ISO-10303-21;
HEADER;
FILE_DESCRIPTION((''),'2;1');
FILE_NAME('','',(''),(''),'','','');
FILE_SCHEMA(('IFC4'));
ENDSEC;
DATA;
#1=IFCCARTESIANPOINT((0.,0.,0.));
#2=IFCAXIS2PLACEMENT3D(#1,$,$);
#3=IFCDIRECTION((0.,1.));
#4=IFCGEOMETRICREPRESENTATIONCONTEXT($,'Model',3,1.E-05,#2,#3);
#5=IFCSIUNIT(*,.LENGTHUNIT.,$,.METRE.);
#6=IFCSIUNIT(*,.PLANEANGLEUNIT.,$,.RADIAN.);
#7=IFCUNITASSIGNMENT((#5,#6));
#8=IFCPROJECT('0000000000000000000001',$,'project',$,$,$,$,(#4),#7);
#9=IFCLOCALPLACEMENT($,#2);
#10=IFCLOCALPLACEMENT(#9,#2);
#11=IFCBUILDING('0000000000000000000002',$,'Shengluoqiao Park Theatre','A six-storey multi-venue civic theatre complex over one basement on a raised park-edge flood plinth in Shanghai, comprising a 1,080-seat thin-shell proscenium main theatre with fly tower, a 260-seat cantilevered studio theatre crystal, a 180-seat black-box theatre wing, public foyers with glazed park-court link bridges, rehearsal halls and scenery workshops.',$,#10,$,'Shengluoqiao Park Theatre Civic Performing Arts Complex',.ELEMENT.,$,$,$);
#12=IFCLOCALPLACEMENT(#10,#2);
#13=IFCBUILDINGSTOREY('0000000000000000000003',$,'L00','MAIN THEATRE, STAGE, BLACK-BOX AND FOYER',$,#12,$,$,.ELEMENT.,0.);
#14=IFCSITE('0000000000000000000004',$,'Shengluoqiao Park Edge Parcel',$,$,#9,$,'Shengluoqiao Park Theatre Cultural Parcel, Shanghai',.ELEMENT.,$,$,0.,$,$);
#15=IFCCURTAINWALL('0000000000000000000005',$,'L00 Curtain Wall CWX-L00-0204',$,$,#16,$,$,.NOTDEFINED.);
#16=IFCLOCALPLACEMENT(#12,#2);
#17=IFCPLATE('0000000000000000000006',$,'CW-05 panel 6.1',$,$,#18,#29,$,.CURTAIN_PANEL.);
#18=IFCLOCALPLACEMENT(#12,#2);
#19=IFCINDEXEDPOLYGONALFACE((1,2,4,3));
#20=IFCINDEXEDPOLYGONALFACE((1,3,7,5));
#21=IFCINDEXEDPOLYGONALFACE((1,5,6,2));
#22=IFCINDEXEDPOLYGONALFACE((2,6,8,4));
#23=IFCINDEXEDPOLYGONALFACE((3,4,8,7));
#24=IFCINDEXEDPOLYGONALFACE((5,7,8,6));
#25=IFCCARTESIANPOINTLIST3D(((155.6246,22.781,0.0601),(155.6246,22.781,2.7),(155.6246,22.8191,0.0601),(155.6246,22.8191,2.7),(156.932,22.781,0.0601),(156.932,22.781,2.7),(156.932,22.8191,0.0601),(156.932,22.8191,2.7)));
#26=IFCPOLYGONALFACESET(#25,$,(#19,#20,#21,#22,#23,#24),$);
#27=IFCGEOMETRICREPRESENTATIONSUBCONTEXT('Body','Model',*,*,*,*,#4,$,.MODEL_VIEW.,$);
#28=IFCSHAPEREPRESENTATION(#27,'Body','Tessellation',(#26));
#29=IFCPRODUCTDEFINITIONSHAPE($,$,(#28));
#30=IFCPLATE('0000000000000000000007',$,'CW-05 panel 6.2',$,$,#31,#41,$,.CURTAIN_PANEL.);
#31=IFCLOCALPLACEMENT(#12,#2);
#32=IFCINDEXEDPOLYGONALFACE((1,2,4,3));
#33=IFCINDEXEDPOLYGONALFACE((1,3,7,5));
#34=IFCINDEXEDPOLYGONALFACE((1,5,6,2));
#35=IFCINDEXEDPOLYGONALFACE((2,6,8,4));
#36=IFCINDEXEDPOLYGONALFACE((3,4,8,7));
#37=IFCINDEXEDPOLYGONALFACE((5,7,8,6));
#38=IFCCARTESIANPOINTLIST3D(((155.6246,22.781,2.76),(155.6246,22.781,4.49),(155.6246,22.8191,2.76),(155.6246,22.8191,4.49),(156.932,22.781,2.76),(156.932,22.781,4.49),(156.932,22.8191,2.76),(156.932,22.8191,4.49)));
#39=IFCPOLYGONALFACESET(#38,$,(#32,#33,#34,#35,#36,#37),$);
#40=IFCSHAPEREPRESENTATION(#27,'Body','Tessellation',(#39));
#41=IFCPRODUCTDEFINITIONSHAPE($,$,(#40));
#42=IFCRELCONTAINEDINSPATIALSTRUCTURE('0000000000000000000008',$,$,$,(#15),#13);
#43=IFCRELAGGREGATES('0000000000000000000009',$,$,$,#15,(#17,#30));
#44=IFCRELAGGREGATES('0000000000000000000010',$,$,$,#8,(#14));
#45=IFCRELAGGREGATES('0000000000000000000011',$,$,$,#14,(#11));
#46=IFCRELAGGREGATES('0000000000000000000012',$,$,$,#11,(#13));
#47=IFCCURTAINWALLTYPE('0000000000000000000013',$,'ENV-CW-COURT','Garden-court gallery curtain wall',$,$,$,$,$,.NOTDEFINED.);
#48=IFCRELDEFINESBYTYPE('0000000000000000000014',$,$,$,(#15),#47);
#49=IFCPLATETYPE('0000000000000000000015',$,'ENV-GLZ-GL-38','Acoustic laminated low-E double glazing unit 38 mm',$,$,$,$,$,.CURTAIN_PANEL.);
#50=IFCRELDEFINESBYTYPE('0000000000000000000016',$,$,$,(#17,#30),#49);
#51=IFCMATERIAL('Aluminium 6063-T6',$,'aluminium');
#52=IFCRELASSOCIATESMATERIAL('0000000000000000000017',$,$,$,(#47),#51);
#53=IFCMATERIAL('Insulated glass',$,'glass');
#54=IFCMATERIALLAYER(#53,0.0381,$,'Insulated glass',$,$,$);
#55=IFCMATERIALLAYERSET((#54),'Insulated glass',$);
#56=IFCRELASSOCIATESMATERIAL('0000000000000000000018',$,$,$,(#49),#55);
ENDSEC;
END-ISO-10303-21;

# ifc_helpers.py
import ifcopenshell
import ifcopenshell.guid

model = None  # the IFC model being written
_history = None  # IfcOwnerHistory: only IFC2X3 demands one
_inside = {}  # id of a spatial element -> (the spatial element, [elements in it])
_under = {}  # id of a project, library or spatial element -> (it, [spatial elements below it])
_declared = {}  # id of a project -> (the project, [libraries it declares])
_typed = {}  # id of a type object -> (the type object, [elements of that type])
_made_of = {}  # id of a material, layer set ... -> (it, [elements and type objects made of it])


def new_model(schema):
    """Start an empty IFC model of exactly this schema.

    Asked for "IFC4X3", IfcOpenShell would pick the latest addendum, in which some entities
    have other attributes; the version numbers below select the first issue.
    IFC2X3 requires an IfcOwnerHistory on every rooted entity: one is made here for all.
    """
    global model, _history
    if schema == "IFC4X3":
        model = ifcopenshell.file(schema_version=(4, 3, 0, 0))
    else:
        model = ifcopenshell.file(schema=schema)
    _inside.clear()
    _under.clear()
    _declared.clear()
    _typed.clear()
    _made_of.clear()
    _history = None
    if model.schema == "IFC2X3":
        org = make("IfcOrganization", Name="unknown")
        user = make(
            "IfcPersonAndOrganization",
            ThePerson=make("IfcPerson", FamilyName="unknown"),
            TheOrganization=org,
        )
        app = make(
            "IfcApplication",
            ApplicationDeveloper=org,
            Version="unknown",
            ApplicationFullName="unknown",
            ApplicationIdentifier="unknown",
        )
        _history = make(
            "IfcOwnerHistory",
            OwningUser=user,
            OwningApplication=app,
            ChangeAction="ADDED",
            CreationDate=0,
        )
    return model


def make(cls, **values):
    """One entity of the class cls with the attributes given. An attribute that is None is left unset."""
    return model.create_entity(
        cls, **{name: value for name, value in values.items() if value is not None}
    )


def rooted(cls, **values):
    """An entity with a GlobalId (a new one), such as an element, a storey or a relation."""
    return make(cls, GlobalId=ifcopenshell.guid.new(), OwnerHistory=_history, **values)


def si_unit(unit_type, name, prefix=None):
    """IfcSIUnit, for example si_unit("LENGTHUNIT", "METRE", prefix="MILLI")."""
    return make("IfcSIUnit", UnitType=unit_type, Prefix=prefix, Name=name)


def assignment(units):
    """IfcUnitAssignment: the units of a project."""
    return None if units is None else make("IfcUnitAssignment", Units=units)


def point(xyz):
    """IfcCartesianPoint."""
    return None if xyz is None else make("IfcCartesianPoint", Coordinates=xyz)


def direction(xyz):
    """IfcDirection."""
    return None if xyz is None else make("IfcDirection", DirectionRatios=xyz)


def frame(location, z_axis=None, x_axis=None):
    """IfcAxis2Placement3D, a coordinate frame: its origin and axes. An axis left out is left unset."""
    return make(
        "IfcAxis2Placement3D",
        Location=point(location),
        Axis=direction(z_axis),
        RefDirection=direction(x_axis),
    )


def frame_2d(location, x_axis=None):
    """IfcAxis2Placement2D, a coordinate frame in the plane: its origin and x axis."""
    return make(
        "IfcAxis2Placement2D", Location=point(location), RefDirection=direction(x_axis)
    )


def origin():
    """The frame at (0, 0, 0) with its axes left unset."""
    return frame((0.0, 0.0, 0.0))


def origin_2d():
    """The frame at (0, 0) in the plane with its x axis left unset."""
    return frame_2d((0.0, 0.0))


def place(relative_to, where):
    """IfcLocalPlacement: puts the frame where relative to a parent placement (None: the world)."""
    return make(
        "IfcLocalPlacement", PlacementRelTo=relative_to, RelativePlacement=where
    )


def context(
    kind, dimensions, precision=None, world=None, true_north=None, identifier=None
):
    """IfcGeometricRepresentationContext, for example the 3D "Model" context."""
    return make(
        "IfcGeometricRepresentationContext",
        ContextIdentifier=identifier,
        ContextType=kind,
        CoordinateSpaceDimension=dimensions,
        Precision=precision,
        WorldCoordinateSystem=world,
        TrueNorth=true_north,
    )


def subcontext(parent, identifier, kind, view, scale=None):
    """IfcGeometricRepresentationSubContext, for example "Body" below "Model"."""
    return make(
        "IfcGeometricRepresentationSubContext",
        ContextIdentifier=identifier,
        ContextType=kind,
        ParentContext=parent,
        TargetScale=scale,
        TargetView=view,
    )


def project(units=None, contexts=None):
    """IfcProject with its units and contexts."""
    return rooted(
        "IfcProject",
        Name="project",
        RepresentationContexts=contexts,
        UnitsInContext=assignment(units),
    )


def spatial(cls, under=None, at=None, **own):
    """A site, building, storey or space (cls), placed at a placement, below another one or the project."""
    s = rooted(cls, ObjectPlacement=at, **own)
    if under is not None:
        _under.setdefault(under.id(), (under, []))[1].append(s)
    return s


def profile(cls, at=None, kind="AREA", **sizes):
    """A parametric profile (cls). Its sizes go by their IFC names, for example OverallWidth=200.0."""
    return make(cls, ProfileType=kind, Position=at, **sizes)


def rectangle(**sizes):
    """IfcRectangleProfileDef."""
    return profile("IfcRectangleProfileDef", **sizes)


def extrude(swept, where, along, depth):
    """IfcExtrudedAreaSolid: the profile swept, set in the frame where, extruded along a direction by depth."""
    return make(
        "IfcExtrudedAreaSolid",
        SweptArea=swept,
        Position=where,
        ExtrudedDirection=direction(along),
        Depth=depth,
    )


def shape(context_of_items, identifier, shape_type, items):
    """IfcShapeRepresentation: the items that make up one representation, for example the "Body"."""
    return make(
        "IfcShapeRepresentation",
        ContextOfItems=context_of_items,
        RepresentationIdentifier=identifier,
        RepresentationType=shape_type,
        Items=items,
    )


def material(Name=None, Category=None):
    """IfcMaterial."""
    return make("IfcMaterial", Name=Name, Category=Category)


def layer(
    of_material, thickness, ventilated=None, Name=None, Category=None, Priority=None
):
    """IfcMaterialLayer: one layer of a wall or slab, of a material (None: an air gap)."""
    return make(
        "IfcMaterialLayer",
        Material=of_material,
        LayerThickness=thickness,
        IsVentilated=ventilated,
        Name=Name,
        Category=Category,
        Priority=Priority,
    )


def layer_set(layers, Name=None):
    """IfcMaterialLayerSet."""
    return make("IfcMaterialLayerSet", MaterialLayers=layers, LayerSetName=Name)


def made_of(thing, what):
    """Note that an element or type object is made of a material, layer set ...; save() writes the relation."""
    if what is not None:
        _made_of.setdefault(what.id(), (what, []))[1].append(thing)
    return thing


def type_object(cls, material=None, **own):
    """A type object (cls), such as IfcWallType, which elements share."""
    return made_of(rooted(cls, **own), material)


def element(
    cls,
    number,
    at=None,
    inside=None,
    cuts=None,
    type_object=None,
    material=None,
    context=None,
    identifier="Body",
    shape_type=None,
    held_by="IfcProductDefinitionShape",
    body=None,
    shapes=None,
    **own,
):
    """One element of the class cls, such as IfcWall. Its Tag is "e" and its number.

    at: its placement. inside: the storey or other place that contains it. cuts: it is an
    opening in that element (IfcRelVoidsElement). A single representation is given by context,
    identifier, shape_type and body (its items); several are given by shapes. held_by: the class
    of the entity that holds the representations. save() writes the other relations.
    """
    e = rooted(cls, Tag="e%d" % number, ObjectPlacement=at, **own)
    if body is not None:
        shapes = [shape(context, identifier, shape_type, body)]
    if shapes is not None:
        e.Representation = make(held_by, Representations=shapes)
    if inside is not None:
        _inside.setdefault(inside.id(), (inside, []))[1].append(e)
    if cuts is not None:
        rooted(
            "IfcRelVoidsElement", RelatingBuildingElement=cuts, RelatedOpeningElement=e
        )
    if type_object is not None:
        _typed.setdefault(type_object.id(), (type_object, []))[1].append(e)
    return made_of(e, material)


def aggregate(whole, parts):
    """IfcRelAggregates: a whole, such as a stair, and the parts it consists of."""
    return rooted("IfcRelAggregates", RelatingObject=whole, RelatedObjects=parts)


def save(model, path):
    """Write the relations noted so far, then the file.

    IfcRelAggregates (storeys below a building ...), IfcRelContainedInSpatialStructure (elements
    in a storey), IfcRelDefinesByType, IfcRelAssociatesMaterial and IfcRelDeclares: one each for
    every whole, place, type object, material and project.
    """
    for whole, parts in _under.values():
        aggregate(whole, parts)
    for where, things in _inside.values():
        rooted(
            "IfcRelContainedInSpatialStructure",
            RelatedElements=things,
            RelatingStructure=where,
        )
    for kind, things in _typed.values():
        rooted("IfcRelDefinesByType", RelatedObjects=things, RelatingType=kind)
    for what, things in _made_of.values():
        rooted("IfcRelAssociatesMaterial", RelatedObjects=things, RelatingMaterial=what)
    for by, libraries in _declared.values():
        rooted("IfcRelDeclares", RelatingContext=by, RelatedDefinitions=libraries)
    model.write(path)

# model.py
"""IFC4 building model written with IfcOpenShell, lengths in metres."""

from ifc_helpers import new_model, si_unit, direction, frame, origin, origin_2d, place, context, subcontext, project, spatial, rectangle, extrude, material, layer, layer_set, type_object, element, aggregate, save


model = new_model("IFC4")

# Units and contexts
model_context = context("Model", 3, precision=1e-05, world=origin(), true_north=direction((0.0, 1.0)))
body_context = subcontext(model_context, "Body", "Model", "MODEL_VIEW")
ifc_project = project(units=[si_unit("LENGTHUNIT", "METRE"), si_unit("PLANEANGLEUNIT", "RADIAN")], contexts=[model_context])

# Site, building, storey
site_placement = place(None, origin())
site = spatial("IfcSite", under=ifc_project, at=site_placement, Name="Shengluoqiao Park Edge Parcel", LongName="Shengluoqiao Park Theatre Cultural Parcel, Shanghai", CompositionType="ELEMENT", RefElevation=0.0)
building_placement = place(site_placement, origin())
building = spatial("IfcBuilding", under=site, at=building_placement, Name="Shengluoqiao Park Theatre", Description="A six-storey multi-venue civic theatre complex over one basement on a raised park-edge flood plinth in Shanghai, comprising a 1,080-seat thin-shell proscenium main theatre with fly tower, a 260-seat cantilevered studio theatre crystal, a 180-seat black-box theatre wing, public foyers with glazed park-court link bridges, rehearsal halls and scenery workshops.", LongName="Shengluoqiao Park Theatre Civic Performing Arts Complex", CompositionType="ELEMENT")
storey_placement = place(building_placement, origin())
storey = spatial("IfcBuildingStorey", under=building, at=storey_placement, Name="L00", Description="MAIN THEATRE, STAGE, BLACK-BOX AND FOYER", CompositionType="ELEMENT", Elevation=0.0)

# Curtain wall, plates
ifc_material_1 = material(Name="Aluminium 6063-T6", Category="aluminium")
curtain_wall_type = type_object("IfcCurtainWallType", Name="ENV-CW-COURT", Description="Garden-court gallery curtain wall", PredefinedType="NOTDEFINED", material=ifc_material_1)
curtain_wall_placement = place(storey_placement, origin())
curtain_wall = element("IfcCurtainWall", 1, at=curtain_wall_placement, inside=storey, type_object=curtain_wall_type, Name="L00 Curtain Wall CWX-L00-0204", PredefinedType="NOTDEFINED")
ifc_material_2 = material(Name="Insulated glass", Category="glass")
ifc_layer = layer(ifc_material_2, 0.0381, Name="Insulated glass")
ifc_layer_set = layer_set([ifc_layer], Name="Insulated glass")
plate_type = type_object("IfcPlateType", Name="ENV-GLZ-GL-38", Description="Acoustic laminated low-E double glazing unit 38 mm", PredefinedType="CURTAIN_PANEL", material=ifc_layer_set)
plate_1_placement = place(storey_placement, frame((156.2783, 22.8, 0.0601), z_axis=(0.0, 0.0, 1.0), x_axis=(1.0, 0.0, 0.0)))
plate_1 = element("IfcPlate", 2, at=plate_1_placement, type_object=plate_type, Name="CW-05 panel 6.1", PredefinedType="CURTAIN_PANEL", context=body_context, shape_type="SweptSolid", body=[
    extrude(rectangle(XDim=1.3074, YDim=0.0381, at=origin_2d()), origin(), (0.0, 0.0, 1.0), 2.6399),
])
plate_2_placement = place(storey_placement, frame((156.2783, 22.8, 2.76), z_axis=(0.0, 0.0, 1.0), x_axis=(1.0, 0.0, 0.0)))
plate_2 = element("IfcPlate", 3, at=plate_2_placement, type_object=plate_type, Name="CW-05 panel 6.2", PredefinedType="CURTAIN_PANEL", context=body_context, shape_type="SweptSolid", body=[
    extrude(rectangle(XDim=1.3074, YDim=0.0381, at=origin_2d()), origin(), (0.0, 0.0, 1.0), 1.73),
])
aggregate(curtain_wall, [plate_1, plate_2])

save(model, "model.ifc")
